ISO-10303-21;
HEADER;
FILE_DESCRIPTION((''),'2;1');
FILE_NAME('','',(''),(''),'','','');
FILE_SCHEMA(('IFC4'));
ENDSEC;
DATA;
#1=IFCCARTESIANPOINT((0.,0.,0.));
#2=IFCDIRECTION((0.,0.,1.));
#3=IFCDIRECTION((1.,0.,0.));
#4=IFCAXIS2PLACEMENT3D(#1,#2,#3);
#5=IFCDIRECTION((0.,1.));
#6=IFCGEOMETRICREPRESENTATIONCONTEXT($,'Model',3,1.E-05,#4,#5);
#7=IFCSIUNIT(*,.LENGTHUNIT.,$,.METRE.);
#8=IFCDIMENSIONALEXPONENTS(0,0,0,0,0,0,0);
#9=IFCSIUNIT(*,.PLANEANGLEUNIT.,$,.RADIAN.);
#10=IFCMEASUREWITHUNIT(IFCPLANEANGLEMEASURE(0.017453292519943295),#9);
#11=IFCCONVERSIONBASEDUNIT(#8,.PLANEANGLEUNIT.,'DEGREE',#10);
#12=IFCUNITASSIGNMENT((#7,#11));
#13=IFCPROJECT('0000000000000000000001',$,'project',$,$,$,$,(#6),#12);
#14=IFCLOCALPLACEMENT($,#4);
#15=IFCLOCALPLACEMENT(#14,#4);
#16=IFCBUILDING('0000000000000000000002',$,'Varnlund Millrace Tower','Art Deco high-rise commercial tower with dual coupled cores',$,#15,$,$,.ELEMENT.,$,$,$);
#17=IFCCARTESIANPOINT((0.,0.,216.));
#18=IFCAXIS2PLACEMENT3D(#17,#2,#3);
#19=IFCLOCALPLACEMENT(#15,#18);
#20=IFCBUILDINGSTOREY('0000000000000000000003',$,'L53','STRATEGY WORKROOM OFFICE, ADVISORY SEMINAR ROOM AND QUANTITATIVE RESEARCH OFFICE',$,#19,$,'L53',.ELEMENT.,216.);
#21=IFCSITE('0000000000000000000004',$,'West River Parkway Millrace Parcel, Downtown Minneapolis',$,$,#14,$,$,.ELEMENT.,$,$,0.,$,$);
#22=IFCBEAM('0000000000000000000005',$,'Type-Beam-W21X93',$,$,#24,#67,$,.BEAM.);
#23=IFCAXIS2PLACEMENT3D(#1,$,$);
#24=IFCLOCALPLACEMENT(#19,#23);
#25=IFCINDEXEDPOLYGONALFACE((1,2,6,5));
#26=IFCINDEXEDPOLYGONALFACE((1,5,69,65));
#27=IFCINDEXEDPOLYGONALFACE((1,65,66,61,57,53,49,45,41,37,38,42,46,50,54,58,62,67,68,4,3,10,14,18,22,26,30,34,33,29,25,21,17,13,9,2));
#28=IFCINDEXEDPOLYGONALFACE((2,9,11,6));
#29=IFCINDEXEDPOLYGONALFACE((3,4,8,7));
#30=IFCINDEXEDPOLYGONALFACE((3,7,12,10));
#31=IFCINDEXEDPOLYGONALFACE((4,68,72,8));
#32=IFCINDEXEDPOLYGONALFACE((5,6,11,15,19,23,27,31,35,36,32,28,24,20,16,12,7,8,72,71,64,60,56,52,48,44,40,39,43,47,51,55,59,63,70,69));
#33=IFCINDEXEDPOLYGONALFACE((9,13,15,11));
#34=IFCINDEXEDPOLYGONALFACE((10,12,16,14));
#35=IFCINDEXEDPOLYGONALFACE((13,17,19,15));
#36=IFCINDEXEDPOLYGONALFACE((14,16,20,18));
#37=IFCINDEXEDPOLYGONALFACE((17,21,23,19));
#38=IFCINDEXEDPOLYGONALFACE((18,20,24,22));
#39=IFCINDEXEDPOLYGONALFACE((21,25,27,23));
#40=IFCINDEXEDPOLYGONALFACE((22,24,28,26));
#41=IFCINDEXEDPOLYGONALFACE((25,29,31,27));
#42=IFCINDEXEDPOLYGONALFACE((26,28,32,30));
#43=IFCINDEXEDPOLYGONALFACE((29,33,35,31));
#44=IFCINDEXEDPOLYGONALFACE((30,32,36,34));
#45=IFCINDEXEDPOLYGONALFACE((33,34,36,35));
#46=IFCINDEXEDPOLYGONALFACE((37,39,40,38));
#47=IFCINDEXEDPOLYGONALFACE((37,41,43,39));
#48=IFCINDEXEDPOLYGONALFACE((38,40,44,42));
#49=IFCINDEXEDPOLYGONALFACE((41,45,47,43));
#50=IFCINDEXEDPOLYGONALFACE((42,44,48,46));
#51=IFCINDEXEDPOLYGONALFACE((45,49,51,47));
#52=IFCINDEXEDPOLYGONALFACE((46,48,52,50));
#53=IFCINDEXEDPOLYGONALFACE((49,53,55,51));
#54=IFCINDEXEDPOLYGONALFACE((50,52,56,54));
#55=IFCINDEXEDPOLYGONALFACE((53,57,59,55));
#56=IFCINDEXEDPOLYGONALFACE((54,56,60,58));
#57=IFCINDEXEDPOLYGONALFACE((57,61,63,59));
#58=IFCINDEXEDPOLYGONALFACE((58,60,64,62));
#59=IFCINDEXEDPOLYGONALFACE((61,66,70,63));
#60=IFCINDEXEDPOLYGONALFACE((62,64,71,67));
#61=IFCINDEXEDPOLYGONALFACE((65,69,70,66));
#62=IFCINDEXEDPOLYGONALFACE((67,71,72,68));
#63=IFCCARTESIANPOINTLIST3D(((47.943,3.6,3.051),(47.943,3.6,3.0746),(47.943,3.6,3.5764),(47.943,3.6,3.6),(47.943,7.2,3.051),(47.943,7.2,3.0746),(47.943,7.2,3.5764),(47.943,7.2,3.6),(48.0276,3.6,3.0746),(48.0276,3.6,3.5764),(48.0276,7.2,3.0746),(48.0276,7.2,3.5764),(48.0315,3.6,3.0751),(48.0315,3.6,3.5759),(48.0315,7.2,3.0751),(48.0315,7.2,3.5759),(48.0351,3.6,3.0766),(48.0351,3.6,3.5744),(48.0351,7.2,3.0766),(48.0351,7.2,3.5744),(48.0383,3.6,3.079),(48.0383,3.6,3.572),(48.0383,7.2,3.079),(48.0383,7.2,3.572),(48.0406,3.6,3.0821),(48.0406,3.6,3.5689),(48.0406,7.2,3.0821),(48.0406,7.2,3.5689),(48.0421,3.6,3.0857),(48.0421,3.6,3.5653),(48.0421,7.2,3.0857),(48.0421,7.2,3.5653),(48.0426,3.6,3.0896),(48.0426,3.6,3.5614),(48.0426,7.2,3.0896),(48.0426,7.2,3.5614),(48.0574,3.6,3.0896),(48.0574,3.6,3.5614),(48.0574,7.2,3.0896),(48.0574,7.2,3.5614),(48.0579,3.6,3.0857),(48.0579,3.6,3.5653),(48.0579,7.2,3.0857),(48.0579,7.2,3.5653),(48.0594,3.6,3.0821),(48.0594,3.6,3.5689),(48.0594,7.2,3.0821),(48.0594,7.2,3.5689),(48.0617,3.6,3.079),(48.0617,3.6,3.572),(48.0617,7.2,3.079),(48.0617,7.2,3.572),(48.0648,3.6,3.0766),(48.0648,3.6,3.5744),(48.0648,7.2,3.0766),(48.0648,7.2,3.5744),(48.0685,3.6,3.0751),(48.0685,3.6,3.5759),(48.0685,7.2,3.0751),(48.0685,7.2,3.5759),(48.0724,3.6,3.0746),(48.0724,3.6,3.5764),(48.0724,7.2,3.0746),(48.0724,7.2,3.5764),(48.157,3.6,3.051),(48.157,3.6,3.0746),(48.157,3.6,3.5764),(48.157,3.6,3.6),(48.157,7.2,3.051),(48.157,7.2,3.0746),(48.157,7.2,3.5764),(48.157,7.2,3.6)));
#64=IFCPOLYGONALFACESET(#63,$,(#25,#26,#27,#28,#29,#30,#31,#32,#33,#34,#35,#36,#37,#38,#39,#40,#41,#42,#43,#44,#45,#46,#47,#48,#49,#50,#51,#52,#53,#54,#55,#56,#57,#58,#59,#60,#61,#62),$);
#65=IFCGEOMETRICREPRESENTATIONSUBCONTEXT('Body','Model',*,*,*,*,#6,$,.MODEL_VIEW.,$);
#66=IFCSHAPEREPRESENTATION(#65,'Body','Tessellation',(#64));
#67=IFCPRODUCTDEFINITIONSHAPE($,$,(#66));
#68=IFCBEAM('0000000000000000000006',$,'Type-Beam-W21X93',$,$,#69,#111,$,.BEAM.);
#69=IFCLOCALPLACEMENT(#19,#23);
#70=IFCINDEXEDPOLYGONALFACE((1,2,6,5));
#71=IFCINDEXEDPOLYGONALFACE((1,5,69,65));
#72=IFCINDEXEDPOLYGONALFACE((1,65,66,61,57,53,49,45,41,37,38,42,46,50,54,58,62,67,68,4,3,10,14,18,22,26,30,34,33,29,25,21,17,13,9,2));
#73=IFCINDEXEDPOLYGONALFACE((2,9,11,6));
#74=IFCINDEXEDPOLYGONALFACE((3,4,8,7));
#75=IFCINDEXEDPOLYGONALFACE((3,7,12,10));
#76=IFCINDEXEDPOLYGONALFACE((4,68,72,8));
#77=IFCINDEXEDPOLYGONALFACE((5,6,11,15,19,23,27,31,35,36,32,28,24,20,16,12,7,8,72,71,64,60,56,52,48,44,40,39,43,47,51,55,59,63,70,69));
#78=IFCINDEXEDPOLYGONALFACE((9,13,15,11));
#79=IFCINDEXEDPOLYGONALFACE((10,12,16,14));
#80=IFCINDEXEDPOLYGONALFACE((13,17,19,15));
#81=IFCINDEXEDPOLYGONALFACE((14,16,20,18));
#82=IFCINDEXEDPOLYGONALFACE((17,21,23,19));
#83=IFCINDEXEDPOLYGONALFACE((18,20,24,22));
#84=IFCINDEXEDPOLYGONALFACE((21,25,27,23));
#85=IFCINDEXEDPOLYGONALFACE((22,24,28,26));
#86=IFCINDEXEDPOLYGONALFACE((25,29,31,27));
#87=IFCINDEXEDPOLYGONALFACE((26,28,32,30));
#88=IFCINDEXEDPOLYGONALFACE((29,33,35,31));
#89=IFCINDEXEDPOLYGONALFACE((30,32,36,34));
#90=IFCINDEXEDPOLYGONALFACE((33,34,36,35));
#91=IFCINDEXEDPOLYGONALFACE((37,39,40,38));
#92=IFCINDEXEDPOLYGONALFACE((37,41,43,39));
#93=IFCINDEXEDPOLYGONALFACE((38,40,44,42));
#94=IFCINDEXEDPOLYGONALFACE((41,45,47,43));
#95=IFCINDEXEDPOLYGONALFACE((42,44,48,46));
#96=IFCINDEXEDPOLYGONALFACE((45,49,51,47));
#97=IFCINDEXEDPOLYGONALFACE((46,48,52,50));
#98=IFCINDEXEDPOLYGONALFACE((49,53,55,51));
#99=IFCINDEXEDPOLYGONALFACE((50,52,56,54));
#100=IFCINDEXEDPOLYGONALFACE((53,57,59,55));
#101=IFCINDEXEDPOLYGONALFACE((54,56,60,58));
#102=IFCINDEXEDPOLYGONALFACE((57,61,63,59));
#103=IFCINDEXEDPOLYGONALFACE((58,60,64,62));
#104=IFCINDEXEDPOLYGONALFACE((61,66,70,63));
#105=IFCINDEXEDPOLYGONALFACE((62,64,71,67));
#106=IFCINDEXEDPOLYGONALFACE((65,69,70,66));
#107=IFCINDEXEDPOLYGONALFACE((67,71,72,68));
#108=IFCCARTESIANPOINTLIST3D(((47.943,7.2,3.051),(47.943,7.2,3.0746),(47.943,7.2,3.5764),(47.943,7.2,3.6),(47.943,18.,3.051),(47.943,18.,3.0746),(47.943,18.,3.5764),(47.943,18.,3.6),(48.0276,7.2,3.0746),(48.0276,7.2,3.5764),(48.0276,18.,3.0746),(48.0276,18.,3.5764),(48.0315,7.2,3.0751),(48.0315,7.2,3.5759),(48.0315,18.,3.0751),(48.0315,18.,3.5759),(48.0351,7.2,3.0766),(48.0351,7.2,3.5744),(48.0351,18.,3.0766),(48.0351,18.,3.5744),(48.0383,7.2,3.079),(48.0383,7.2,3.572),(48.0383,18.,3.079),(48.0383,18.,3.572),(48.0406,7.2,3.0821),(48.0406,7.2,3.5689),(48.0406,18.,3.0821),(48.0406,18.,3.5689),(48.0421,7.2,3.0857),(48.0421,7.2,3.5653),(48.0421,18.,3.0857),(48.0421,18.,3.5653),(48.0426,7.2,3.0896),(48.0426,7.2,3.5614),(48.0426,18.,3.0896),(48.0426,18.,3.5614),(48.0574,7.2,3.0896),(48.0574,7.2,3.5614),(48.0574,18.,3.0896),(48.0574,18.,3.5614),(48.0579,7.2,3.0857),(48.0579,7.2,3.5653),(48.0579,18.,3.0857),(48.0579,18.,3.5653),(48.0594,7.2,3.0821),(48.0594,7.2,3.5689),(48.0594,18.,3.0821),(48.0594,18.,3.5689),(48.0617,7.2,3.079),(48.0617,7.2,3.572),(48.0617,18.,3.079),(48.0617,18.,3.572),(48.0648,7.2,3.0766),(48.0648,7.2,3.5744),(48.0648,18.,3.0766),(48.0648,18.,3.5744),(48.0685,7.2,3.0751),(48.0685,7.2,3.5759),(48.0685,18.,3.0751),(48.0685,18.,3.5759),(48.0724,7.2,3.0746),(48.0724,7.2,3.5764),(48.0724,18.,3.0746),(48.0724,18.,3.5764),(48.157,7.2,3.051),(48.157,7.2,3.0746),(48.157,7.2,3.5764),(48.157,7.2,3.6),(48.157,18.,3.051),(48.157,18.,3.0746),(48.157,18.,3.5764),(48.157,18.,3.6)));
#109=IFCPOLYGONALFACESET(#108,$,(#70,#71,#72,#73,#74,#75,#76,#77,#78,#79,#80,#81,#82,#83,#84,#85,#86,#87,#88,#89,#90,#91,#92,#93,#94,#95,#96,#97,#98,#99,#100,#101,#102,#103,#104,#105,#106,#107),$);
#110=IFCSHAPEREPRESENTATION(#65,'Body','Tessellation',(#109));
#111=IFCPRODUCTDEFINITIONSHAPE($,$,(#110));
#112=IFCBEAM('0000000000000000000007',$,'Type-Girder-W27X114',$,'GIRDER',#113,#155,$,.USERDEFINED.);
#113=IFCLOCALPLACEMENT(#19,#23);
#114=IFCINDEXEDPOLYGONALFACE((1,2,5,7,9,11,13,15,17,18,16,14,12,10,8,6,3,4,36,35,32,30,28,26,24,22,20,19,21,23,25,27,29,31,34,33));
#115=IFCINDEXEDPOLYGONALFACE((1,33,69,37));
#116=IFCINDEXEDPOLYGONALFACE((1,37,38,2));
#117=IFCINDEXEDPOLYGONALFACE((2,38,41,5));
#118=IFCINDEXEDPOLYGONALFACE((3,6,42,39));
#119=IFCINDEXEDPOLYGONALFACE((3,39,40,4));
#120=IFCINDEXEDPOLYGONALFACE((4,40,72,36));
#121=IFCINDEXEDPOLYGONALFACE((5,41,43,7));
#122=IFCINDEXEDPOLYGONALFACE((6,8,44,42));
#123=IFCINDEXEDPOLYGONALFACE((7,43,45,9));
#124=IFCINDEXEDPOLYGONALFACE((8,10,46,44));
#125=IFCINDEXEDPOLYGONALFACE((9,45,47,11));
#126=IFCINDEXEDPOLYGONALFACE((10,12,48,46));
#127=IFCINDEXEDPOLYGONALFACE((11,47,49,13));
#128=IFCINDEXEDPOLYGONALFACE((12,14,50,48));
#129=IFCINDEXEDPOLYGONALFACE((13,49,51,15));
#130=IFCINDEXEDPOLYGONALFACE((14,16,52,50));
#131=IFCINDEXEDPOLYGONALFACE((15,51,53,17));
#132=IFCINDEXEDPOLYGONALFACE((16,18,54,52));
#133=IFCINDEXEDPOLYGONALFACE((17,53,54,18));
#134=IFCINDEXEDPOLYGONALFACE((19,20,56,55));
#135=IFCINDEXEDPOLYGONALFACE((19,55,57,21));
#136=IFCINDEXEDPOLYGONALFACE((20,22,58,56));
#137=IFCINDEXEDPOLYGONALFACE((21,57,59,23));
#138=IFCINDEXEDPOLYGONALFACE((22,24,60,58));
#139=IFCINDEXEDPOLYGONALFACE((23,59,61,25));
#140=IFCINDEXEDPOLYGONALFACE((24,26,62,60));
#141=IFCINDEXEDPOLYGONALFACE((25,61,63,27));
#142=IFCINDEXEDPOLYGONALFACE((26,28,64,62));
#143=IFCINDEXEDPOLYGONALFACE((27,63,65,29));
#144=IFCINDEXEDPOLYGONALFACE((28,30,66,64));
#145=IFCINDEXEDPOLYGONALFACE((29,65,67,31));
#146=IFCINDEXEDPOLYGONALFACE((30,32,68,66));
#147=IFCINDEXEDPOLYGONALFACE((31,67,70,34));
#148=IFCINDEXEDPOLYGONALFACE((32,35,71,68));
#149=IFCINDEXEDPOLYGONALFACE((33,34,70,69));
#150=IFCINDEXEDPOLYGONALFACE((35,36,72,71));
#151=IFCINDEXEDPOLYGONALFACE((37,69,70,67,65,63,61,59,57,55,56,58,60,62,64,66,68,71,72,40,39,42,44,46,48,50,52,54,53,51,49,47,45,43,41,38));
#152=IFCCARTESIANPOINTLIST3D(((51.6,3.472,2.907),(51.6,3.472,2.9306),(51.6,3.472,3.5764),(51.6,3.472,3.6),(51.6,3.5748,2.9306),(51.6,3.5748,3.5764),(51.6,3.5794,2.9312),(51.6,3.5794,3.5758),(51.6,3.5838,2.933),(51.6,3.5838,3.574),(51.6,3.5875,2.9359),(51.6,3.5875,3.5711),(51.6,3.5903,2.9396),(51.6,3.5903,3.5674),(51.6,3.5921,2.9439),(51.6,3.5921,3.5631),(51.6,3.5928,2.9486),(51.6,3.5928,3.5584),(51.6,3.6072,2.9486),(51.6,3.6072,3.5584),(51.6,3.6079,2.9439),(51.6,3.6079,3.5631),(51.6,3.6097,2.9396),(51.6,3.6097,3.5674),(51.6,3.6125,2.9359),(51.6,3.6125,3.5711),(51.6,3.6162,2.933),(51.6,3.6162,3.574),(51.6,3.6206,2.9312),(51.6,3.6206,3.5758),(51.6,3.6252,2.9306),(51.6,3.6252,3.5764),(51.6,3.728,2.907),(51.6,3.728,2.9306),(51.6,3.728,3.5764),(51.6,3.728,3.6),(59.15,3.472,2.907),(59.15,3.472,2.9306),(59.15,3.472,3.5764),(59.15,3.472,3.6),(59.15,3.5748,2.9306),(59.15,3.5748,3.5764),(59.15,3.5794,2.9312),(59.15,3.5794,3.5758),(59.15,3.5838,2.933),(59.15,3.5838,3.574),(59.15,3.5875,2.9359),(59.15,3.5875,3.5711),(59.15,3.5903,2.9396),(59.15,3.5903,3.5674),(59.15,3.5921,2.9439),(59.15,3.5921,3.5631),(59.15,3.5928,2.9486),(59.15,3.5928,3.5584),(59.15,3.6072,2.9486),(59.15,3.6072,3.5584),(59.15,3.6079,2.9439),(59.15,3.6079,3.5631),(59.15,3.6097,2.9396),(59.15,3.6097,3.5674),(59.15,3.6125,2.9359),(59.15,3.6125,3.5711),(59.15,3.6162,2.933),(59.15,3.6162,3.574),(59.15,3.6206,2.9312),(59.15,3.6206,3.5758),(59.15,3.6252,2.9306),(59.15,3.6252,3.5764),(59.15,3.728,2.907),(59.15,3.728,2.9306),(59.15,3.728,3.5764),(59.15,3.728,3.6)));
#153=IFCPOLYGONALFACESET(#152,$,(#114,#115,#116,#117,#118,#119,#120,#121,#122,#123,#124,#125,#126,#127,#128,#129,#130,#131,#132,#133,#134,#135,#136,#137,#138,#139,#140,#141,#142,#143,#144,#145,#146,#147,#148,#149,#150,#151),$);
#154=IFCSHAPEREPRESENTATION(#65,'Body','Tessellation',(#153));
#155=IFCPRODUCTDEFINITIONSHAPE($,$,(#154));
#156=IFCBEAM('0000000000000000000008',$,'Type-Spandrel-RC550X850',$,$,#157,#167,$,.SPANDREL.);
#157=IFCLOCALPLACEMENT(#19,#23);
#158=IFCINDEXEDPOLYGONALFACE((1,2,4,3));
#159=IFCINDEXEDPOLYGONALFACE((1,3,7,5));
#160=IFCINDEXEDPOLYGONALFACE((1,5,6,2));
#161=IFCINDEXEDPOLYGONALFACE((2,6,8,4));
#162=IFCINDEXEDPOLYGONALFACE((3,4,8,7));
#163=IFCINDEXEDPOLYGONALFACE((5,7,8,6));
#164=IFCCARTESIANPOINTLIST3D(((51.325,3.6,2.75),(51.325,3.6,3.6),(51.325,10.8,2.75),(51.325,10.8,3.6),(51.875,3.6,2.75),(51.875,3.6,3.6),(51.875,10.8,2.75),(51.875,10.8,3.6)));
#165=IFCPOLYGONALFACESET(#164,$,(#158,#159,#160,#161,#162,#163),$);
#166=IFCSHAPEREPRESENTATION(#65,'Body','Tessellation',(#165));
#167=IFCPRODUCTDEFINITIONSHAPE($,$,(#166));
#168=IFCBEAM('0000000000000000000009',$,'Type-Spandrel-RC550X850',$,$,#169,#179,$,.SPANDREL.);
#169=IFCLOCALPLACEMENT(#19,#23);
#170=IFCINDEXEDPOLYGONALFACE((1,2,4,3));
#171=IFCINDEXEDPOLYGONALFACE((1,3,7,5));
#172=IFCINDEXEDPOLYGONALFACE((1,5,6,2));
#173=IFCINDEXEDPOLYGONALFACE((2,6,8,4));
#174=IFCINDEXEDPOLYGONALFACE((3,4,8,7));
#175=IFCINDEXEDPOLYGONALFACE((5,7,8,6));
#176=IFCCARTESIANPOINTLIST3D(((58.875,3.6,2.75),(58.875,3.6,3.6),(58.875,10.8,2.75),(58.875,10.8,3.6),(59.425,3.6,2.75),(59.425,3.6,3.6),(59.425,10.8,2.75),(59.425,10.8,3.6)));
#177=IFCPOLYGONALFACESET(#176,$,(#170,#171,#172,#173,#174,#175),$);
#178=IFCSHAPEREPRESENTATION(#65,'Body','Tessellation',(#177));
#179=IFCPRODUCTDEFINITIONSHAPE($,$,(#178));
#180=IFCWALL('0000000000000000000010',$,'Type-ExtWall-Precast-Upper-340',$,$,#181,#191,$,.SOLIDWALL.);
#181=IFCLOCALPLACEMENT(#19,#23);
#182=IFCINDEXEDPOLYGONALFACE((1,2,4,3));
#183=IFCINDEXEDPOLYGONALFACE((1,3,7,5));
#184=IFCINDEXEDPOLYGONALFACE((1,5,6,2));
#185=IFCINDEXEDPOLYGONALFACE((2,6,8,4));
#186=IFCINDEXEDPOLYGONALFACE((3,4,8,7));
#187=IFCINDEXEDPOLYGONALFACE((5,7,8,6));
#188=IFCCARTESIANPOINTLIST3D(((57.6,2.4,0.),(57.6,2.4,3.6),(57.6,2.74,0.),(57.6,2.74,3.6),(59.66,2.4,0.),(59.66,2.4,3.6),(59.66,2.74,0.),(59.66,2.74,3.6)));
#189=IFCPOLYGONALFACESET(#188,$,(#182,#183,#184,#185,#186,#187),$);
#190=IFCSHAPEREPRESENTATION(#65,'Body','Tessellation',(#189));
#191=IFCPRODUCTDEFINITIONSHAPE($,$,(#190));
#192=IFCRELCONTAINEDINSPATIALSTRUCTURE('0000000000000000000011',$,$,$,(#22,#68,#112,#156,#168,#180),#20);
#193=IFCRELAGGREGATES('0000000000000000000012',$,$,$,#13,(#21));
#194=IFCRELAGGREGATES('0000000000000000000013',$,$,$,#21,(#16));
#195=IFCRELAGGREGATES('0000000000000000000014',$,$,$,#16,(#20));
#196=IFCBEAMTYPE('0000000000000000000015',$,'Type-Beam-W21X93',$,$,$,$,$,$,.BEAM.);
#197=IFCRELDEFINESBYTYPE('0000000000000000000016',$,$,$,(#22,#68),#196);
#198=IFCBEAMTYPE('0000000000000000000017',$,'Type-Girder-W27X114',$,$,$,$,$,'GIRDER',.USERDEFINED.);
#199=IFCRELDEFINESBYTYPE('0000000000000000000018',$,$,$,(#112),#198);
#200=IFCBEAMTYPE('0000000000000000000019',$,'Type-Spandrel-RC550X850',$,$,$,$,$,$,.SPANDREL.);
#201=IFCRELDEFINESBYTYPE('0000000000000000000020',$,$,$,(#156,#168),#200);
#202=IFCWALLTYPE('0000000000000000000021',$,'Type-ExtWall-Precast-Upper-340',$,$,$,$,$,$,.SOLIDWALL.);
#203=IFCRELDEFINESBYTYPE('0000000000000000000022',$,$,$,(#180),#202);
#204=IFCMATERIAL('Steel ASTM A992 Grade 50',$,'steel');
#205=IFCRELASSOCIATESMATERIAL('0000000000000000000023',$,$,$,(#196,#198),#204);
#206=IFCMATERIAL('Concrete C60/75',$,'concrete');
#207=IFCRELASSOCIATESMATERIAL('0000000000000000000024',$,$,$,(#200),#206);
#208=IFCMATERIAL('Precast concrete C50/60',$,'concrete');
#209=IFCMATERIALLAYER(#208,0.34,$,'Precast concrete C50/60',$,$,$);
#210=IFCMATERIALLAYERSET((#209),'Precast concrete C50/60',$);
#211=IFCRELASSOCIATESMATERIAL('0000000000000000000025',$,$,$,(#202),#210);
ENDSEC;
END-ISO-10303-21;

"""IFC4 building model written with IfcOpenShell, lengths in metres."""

from ifc_helpers import new_model, entity, si_unit, converted_unit, direction, frame, origin_with_axes, origin_2d_with_axis, place, context, subcontext, project, spatial, polyline, rectangle, i_section, outline, extrude, material, layer, layer_set, material_profile, profile_set, type_object, element, save


model = new_model("IFC4")

# Units and contexts
model_context = context("Model", 3, precision=1e-05, world=origin_with_axes(), true_north=direction((0.0, 1.0)))
body_context = subcontext(model_context, "Body", "Model", "MODEL_VIEW")
ifc_project = project(units=[si_unit("LENGTHUNIT", "METRE"), converted_unit("PLANEANGLEUNIT", "DEGREE", entity("IfcPlaneAngleMeasure", 0.017453292519943295), si_unit("PLANEANGLEUNIT", "RADIAN"), dimensions=[0, 0, 0, 0, 0, 0, 0])], contexts=[model_context])

# Site, building, storey
site_placement = place(None, origin_with_axes())
site = spatial("IfcSite", under=ifc_project, at=site_placement, Name="West River Parkway Millrace Parcel, Downtown Minneapolis", CompositionType="ELEMENT", RefElevation=0.0)
building_placement = place(site_placement, origin_with_axes())
building = spatial("IfcBuilding", under=site, at=building_placement, Name="Varnlund Millrace Tower", Description="Art Deco high-rise commercial tower with dual coupled cores", CompositionType="ELEMENT")
storey_placement = place(building_placement, frame((0.0, 0.0, 216.0), z_axis=(0.0, 0.0, 1.0), x_axis=(1.0, 0.0, 0.0)))
storey = spatial("IfcBuildingStorey", under=building, at=storey_placement, Name="L53", Description="STRATEGY WORKROOM OFFICE, ADVISORY SEMINAR ROOM AND QUANTITATIVE RESEARCH OFFICE", LongName="L53", CompositionType="ELEMENT", Elevation=216.0)

# Beams
ifc_material_1 = material(Name="Steel ASTM A992 Grade 50", Category="steel")
ifc_material_profile_1 = material_profile(ifc_material_1, i_section(OverallWidth=0.214, OverallDepth=0.549, WebThickness=0.0147, FlangeThickness=0.0236, FilletRadius=0.015, at=origin_2d_with_axis()), Name="Steel ASTM A992 Grade 50")
ifc_profile_set_1 = profile_set([ifc_material_profile_1], Name="Steel ASTM A992 Grade 50")
beam_type_1 = type_object("IfcBeamType", Name="Type-Beam-W21X93", PredefinedType="BEAM", material=ifc_profile_set_1)
beam_1_placement = place(storey_placement, frame((48.05, 3.6, 3.3255), z_axis=(0.0, 1.0, 0.0), x_axis=(-1.0, 0.0, 0.0)))
element("IfcBeam", 1, at=beam_1_placement, inside=storey, type_object=beam_type_1, Name="Type-Beam-W21X93", PredefinedType="BEAM", context=body_context, shape_type="SweptSolid", body=[
    extrude(i_section(OverallWidth=0.214, OverallDepth=0.549, WebThickness=0.0147, FlangeThickness=0.0236, FilletRadius=0.015, at=origin_2d_with_axis()), origin_with_axes(), (0.0, 0.0, 1.0), 3.6),
])
beam_2_placement = place(storey_placement, frame((48.05, 7.2, 3.3255), z_axis=(0.0, 1.0, 0.0), x_axis=(-1.0, 0.0, 0.0)))
element("IfcBeam", 2, at=beam_2_placement, inside=storey, type_object=beam_type_1, Name="Type-Beam-W21X93", PredefinedType="BEAM", context=body_context, shape_type="SweptSolid", body=[
    extrude(i_section(OverallWidth=0.214, OverallDepth=0.549, WebThickness=0.0147, FlangeThickness=0.0236, FilletRadius=0.015, at=origin_2d_with_axis()), origin_with_axes(), (0.0, 0.0, 1.0), 10.8),
])
ifc_material_profile_2 = material_profile(ifc_material_1, i_section(OverallWidth=0.256, OverallDepth=0.693, WebThickness=0.0145, FlangeThickness=0.0236, FilletRadius=0.018, at=origin_2d_with_axis()), Name="Steel ASTM A992 Grade 50")
ifc_profile_set_2 = profile_set([ifc_material_profile_2], Name="Steel ASTM A992 Grade 50")
beam_type_2 = type_object("IfcBeamType", Name="Type-Girder-W27X114", ElementType="GIRDER", PredefinedType="USERDEFINED", material=ifc_profile_set_2)
beam_3_placement = place(storey_placement, frame((51.6, 3.6, 3.2535), z_axis=(1.0, 0.0, 0.0), x_axis=(0.0, 1.0, 0.0)))
element("IfcBeam", 3, at=beam_3_placement, inside=storey, type_object=beam_type_2, Name="Type-Girder-W27X114", ObjectType="GIRDER", PredefinedType="USERDEFINED", context=body_context, shape_type="SweptSolid", body=[
    extrude(i_section(OverallWidth=0.256, OverallDepth=0.693, WebThickness=0.0145, FlangeThickness=0.0236, FilletRadius=0.018, at=origin_2d_with_axis()), origin_with_axes(), (0.0, 0.0, 1.0), 7.55),
])
ifc_material_2 = material(Name="Concrete C60/75", Category="concrete")
ifc_material_profile_3 = material_profile(ifc_material_2, rectangle(XDim=0.55, YDim=0.85, at=origin_2d_with_axis()), Name="Concrete C60/75")
ifc_profile_set_3 = profile_set([ifc_material_profile_3], Name="Concrete C60/75")
beam_type_3 = type_object("IfcBeamType", Name="Type-Spandrel-RC550X850", PredefinedType="SPANDREL", material=ifc_profile_set_3)
for number, where, z_axis, x_axis, name in (
    (4, (51.6, 3.6, 3.175), (0.0, 1.0, 0.0), (-1.0, 0.0, 0.0), "Type-Spandrel-RC550X850"),
    (5, (59.15, 3.6, 3.175), (0.0, 1.0, 0.0), (-1.0, 0.0, 0.0), "Type-Spandrel-RC550X850"),
):
    element("IfcBeam", number, at=place(storey_placement, frame(where, z_axis=z_axis, x_axis=x_axis)), inside=storey, type_object=beam_type_3, Name=name, PredefinedType="SPANDREL", context=body_context, shape_type="SweptSolid", body=[
        extrude(rectangle(XDim=0.55, YDim=0.85, at=origin_2d_with_axis()), origin_with_axes(), (0.0, 0.0, 1.0), 7.2),
    ])

# Wall
ifc_material_3 = material(Name="Precast concrete C50/60", Category="concrete")
ifc_layer = layer(ifc_material_3, 0.34, Name="Precast concrete C50/60")
ifc_layer_set = layer_set([ifc_layer], Name="Precast concrete C50/60")
wall_type = type_object("IfcWallType", Name="Type-ExtWall-Precast-Upper-340", PredefinedType="SOLIDWALL", material=ifc_layer_set)
wall_1_placement = place(storey_placement, frame((59.66, 2.57, 0.0), z_axis=(0.0, 0.0, 1.0), x_axis=(-1.0, 0.0, 0.0)))
element("IfcWall", 6, at=wall_1_placement, inside=storey, type_object=wall_type, Name="Type-ExtWall-Precast-Upper-340", PredefinedType="SOLIDWALL", context=body_context, shape_type="SweptSolid", body=[
    extrude(outline(polyline([(0.0, -0.17), (2.06, -0.17), (2.06, 0.17), (0.0, 0.17), (0.0, -0.17)])), origin_with_axes(), (0.0, 0.0, 1.0), 3.6),
])

save(model, "model.ifc")
